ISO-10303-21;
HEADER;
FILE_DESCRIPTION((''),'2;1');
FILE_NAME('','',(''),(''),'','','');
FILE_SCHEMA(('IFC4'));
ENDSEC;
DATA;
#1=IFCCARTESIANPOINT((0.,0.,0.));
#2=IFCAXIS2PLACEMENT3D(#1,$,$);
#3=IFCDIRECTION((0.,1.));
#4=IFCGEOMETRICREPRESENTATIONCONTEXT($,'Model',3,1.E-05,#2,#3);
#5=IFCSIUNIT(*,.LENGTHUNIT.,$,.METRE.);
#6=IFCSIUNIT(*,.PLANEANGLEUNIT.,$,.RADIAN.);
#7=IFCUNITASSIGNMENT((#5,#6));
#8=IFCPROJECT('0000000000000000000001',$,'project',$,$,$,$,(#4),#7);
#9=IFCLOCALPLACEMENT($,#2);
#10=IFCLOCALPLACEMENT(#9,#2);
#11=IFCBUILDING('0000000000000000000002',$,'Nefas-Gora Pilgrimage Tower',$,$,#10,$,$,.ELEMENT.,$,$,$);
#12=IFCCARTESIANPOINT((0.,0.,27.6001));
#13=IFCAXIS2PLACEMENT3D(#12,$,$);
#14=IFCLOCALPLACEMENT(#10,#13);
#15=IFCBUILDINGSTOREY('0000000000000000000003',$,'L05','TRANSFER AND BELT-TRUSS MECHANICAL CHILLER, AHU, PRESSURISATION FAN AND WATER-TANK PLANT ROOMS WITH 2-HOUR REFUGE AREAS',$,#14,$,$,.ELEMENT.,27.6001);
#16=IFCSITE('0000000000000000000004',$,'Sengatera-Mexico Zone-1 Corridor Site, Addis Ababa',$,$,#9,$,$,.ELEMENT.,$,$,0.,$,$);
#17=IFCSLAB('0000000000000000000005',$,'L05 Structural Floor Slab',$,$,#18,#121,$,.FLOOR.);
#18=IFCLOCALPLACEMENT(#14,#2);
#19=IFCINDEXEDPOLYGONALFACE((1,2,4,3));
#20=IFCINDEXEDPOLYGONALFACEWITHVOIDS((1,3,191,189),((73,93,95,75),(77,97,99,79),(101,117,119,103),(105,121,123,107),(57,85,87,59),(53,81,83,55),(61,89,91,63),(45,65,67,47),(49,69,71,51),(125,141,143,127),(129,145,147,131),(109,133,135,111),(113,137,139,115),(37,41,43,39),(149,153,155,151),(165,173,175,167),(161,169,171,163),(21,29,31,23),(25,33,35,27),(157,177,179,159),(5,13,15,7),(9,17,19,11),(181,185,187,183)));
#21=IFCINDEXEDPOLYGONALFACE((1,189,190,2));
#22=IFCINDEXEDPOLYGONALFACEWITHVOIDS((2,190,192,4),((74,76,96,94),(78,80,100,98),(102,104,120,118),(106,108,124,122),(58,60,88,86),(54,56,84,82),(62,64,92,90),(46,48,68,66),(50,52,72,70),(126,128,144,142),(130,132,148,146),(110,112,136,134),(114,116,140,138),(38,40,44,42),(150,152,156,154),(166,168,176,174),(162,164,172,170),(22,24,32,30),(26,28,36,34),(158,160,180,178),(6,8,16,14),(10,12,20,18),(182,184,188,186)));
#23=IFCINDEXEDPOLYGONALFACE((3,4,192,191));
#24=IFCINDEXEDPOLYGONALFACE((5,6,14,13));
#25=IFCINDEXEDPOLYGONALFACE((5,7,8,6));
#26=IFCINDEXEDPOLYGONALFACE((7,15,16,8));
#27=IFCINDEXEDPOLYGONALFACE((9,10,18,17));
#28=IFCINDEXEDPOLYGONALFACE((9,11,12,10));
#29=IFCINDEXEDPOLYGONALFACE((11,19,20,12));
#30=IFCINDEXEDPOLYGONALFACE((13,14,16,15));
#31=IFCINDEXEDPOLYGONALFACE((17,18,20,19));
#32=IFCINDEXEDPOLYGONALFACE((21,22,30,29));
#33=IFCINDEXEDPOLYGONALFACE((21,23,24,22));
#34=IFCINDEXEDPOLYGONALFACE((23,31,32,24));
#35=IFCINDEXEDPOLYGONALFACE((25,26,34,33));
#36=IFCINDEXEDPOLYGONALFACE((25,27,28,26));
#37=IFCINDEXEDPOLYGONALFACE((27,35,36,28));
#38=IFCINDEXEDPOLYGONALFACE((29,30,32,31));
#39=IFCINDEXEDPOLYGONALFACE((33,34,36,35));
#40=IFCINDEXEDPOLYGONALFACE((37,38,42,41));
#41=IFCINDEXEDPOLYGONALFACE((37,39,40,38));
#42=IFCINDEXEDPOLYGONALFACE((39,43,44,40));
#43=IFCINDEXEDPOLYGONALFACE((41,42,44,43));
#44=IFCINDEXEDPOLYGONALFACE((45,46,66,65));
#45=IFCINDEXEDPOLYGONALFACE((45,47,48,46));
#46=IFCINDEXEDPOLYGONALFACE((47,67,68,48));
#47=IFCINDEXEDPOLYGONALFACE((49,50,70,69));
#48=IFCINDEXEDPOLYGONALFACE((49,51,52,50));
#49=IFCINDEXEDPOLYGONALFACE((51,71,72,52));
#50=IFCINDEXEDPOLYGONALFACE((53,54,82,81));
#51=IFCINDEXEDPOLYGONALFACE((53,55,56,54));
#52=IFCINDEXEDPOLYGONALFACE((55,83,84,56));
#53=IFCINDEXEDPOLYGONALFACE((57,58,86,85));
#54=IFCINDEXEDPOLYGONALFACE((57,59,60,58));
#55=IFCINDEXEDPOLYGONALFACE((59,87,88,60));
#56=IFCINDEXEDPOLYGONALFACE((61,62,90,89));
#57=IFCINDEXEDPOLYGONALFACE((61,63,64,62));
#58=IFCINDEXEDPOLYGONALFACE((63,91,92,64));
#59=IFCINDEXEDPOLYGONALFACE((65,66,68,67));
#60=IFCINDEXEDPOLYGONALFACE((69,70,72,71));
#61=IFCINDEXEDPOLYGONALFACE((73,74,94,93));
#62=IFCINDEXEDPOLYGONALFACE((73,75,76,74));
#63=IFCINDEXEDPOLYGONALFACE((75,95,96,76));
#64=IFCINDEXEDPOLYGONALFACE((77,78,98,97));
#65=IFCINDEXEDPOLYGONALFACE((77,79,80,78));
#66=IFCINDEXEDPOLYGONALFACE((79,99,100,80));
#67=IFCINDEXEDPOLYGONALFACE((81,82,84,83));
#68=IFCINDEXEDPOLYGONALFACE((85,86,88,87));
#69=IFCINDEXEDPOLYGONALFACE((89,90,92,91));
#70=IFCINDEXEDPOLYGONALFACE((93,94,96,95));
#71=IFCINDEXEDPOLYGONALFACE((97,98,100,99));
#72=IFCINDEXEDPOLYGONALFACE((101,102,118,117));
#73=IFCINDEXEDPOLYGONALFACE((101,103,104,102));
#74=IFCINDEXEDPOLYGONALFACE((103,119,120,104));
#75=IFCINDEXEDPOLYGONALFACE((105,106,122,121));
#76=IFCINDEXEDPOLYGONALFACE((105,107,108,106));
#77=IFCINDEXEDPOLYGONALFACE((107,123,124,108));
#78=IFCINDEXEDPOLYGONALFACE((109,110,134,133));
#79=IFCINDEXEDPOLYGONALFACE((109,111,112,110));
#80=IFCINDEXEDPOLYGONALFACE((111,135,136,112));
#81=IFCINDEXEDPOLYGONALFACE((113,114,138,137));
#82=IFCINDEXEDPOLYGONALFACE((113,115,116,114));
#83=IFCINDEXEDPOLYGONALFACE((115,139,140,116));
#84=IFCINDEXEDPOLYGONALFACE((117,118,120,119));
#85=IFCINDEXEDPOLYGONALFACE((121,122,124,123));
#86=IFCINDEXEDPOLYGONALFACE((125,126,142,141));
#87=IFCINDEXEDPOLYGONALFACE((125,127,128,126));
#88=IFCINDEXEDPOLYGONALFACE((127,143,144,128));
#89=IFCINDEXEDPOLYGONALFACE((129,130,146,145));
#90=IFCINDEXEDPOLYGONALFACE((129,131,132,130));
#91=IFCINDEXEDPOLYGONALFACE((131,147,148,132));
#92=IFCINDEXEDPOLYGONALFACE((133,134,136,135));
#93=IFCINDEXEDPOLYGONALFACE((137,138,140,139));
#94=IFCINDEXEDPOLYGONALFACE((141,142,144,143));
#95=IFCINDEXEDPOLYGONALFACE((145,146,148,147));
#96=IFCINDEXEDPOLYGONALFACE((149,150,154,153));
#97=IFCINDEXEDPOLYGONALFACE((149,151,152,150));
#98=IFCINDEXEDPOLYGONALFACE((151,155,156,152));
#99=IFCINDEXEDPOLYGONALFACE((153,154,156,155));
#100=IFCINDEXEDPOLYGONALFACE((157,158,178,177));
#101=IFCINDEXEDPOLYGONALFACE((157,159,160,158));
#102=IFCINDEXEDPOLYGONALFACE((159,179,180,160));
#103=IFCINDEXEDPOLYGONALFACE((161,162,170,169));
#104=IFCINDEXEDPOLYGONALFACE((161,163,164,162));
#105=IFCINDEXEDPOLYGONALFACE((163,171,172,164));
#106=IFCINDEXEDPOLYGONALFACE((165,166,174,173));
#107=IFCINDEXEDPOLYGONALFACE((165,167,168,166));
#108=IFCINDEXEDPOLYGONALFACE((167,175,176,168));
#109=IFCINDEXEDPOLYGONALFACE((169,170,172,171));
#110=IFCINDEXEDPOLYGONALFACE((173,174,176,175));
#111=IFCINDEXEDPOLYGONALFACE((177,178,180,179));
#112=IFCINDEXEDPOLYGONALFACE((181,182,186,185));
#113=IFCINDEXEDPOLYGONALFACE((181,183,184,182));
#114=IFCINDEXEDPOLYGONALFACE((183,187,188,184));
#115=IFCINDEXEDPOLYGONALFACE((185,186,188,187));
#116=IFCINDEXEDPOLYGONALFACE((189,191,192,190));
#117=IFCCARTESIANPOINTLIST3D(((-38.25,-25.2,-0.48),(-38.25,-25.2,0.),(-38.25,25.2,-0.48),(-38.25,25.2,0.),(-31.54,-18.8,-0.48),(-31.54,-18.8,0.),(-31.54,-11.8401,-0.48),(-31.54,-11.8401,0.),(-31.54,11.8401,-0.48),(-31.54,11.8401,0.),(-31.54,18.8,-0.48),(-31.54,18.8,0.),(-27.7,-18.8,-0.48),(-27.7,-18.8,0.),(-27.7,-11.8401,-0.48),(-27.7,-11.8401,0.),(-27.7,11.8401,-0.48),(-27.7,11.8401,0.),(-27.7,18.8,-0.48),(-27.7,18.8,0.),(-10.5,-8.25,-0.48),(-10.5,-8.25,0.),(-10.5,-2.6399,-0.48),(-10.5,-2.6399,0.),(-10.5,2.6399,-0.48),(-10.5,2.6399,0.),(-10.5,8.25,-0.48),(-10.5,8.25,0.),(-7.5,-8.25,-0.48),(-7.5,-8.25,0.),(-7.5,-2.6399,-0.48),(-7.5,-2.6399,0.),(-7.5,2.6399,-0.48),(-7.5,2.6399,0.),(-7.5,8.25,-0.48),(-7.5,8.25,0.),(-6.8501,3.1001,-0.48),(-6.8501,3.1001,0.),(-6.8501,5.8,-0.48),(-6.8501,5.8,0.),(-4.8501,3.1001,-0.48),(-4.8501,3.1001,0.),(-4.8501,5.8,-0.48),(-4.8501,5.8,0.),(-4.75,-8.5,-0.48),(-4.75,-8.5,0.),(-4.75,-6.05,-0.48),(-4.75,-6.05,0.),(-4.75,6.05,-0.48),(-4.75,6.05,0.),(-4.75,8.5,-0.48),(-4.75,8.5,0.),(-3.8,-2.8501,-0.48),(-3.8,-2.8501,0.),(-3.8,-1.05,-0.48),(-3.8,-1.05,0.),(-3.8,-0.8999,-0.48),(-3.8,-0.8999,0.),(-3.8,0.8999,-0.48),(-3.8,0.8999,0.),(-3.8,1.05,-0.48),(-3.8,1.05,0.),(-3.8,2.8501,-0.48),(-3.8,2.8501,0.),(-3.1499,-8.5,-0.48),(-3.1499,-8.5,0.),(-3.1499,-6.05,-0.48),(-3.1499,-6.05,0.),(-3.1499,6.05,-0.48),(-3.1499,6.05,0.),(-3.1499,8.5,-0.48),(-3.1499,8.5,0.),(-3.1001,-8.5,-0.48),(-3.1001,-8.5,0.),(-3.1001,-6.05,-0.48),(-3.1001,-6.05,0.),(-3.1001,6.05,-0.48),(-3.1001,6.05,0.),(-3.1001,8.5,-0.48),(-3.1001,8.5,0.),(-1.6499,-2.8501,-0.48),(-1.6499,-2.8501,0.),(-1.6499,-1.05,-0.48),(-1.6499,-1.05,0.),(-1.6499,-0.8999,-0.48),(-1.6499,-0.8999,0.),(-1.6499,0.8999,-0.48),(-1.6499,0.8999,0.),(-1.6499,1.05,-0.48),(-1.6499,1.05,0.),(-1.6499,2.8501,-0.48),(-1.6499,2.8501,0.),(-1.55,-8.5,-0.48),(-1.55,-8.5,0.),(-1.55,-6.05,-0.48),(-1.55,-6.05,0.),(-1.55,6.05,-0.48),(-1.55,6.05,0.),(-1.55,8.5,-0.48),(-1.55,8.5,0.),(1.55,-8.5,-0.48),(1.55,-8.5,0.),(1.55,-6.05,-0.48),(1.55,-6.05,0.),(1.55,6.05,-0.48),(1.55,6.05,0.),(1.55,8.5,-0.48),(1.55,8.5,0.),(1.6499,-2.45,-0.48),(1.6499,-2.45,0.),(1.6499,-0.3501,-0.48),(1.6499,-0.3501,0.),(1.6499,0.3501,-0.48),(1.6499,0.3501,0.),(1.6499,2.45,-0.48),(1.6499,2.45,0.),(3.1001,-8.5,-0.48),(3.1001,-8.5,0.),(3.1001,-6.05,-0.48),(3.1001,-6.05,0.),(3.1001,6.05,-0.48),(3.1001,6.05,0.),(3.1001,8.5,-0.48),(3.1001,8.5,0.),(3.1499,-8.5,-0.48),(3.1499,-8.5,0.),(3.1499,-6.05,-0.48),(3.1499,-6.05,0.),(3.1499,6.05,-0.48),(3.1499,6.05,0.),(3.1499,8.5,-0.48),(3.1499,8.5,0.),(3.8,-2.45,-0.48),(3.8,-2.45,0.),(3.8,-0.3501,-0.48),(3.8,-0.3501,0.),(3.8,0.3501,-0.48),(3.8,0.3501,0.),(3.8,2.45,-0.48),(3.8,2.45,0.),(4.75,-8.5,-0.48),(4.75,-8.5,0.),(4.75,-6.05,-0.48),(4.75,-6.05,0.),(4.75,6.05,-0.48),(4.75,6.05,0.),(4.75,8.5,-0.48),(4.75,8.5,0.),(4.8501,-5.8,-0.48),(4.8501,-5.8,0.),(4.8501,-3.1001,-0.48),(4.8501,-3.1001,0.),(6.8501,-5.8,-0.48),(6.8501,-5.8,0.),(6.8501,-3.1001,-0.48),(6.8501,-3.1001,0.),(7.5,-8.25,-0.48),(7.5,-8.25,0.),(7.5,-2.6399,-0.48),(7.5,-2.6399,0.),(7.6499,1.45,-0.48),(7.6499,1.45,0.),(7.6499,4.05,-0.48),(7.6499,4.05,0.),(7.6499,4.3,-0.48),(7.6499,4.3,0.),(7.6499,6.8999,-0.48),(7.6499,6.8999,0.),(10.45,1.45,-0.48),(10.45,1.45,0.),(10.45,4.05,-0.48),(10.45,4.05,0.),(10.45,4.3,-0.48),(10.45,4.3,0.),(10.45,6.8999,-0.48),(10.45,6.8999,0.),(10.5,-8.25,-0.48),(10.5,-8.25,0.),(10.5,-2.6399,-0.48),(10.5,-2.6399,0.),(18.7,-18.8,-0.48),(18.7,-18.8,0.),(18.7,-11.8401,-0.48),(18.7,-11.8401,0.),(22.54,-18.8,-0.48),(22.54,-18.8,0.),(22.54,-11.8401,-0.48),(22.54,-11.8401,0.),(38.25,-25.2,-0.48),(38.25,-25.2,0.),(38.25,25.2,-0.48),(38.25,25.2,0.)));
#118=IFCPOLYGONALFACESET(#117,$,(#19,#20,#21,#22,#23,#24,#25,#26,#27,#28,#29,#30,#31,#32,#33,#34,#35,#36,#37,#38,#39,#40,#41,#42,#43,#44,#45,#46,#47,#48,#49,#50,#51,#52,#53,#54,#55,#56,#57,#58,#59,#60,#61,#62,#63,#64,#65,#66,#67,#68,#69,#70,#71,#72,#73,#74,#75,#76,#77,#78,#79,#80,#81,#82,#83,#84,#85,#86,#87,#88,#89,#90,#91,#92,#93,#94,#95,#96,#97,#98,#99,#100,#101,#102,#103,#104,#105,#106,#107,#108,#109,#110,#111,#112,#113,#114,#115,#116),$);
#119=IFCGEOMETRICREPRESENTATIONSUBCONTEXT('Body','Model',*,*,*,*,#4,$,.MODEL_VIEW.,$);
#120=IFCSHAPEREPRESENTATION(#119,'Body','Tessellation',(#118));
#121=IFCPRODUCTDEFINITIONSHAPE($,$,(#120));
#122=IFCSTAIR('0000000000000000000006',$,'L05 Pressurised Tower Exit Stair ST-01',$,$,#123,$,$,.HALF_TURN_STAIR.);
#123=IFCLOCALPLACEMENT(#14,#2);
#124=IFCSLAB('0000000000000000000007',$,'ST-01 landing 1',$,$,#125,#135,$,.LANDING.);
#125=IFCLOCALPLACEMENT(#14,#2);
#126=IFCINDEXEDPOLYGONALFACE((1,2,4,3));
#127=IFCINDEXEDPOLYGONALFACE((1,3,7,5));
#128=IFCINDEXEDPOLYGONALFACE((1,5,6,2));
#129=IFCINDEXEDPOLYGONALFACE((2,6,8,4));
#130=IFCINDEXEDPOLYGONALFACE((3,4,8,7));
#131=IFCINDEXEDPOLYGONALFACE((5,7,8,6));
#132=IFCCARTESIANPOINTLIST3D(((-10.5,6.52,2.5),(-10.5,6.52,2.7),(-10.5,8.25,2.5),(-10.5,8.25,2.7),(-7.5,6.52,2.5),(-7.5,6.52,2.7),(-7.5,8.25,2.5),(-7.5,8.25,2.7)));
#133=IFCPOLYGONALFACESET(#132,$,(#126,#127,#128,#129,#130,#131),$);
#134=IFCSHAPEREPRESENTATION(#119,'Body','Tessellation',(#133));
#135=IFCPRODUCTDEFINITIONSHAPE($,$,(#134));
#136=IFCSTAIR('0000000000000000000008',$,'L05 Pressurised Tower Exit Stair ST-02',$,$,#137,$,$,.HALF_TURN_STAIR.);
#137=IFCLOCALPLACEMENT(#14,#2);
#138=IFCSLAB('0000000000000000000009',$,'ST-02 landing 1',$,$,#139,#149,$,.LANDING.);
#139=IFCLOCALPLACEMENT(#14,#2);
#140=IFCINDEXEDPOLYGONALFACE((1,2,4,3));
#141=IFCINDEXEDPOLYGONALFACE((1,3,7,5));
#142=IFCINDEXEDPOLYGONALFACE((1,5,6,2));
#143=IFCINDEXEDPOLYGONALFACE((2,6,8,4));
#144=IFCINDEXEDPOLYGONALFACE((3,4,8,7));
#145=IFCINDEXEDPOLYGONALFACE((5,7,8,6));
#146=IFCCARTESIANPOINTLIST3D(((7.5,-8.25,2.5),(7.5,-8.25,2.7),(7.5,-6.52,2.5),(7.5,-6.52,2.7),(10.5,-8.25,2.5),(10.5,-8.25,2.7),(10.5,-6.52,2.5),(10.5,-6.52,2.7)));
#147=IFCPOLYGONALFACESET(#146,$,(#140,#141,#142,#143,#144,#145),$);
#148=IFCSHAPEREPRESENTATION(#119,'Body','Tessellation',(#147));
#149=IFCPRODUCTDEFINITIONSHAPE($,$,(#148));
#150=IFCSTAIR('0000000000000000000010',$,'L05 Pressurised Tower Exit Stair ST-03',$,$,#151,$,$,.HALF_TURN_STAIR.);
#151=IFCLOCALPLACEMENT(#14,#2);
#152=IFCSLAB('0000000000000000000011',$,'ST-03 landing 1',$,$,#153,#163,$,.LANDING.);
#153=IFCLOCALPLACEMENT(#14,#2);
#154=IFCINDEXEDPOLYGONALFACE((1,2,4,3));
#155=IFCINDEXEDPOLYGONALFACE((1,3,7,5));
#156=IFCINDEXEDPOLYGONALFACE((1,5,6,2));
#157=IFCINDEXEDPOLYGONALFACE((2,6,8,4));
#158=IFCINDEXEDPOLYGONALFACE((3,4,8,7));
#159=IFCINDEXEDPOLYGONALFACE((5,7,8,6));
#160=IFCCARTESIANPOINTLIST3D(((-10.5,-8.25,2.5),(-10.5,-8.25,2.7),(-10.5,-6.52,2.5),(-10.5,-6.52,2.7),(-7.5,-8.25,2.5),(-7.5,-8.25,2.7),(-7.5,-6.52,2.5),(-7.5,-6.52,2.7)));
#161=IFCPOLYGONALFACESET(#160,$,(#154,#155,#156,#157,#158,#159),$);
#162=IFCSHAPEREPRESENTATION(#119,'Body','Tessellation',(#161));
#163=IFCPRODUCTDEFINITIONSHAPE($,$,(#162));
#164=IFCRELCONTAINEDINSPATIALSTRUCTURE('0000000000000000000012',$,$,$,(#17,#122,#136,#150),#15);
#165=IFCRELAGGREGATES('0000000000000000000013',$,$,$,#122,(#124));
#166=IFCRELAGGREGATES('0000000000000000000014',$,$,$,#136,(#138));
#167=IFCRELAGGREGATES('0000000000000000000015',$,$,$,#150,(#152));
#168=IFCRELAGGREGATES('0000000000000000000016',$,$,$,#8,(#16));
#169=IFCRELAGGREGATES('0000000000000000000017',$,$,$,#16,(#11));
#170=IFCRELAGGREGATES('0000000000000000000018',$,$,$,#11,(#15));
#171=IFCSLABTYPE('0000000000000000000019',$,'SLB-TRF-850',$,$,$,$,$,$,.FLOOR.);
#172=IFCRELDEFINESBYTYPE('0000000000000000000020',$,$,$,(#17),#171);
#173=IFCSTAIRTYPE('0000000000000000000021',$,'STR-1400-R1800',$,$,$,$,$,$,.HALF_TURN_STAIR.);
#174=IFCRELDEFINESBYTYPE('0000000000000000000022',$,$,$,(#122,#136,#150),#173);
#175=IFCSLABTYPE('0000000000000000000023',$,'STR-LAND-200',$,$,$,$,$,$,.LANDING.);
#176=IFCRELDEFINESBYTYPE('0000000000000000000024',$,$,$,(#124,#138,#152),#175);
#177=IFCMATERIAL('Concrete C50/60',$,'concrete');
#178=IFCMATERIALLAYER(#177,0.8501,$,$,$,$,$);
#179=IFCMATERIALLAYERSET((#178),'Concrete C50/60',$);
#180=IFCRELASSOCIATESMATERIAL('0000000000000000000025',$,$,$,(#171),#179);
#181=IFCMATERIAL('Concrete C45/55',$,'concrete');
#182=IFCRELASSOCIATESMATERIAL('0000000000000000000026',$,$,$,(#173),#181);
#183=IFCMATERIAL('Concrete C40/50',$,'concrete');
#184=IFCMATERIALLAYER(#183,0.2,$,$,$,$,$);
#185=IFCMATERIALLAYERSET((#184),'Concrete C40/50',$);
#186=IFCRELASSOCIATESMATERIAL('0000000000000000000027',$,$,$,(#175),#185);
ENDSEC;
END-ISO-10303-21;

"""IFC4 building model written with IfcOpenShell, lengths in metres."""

from ifc_helpers import new_model, si_unit, direction, frame, origin, place, context, subcontext, project, spatial, polyline, outline, extrude, material, layer, layer_set, type_object, element, aggregate, save


model = new_model("IFC4")

# Units and contexts
model_context = context("Model", 3, precision=1e-05, world=origin(), true_north=direction((0.0, 1.0)))
body_context = subcontext(model_context, "Body", "Model", "MODEL_VIEW")
ifc_project = project(units=[si_unit("LENGTHUNIT", "METRE"), si_unit("PLANEANGLEUNIT", "RADIAN")], contexts=[model_context])

# Site, building, storey
site_placement = place(None, origin())
site = spatial("IfcSite", under=ifc_project, at=site_placement, Name="Sengatera-Mexico Zone-1 Corridor Site, Addis Ababa", CompositionType="ELEMENT", RefElevation=0.0)
building_placement = place(site_placement, origin())
building = spatial("IfcBuilding", under=site, at=building_placement, Name="Nefas-Gora Pilgrimage Tower", CompositionType="ELEMENT")
storey_placement = place(building_placement, frame((0.0, 0.0, 27.6001)))
storey = spatial("IfcBuildingStorey", under=building, at=storey_placement, Name="L05", Description="TRANSFER AND BELT-TRUSS MECHANICAL CHILLER, AHU, PRESSURISATION FAN AND WATER-TANK PLANT ROOMS WITH 2-HOUR REFUGE AREAS", CompositionType="ELEMENT", Elevation=27.6001)

# Slab
ifc_material_1 = material(Name="Concrete C50/60", Category="concrete")
ifc_layer_1 = layer(ifc_material_1, 0.8501)
ifc_layer_set_1 = layer_set([ifc_layer_1], Name="Concrete C50/60")
slab_type_1 = type_object("IfcSlabType", Name="SLB-TRF-850", PredefinedType="FLOOR", material=ifc_layer_set_1)
slab_1_placement = place(storey_placement, frame((0.0, 0.0, -0.48)))
element("IfcSlab", 1, at=slab_1_placement, inside=storey, type_object=slab_type_1, Name="L05 Structural Floor Slab", PredefinedType="FLOOR", context=body_context, shape_type="SweptSolid", body=[
    extrude(outline(polyline([(38.25, -25.2), (38.25, 25.2), (-38.25, 25.2), (-38.25, -25.2), (38.25, -25.2)]), holes=[polyline([(-10.5, 2.6399), (-10.5, 8.25), (-7.5, 8.25), (-7.5, 2.6399), (-10.5, 2.6399)]), polyline([(10.5, -2.6399), (10.5, -8.25), (7.5, -8.25), (7.5, -2.6399), (10.5, -2.6399)]), polyline([(-7.5, -2.6399), (-7.5, -8.25), (-10.5, -8.25), (-10.5, -2.6399), (-7.5, -2.6399)]), polyline([(-31.54, 11.8401), (-31.54, 18.8), (-27.7, 18.8), (-27.7, 11.8401), (-31.54, 11.8401)]), polyline([(-27.7, -11.8401), (-27.7, -18.8), (-31.54, -18.8), (-31.54, -11.8401), (-27.7, -11.8401)]), polyline([(22.54, -11.8401), (22.54, -18.8), (18.7, -18.8), (18.7, -11.8401), (22.54, -11.8401)]), polyline([(-6.8501, 5.8), (-4.8501, 5.8), (-4.8501, 3.1001), (-6.8501, 3.1001), (-6.8501, 5.8)]), polyline([(4.8501, -3.1001), (6.8501, -3.1001), (6.8501, -5.8), (4.8501, -5.8), (4.8501, -3.1001)]), polyline([(7.6499, 4.05), (10.45, 4.05), (10.45, 1.45), (7.6499, 1.45), (7.6499, 4.05)]), polyline([(7.6499, 6.8999), (10.45, 6.8999), (10.45, 4.3), (7.6499, 4.3), (7.6499, 6.8999)]), polyline([(-4.75, 8.5), (-3.1499, 8.5), (-3.1499, 6.05), (-4.75, 6.05), (-4.75, 8.5)]), polyline([(-3.1001, 8.5), (-1.55, 8.5), (-1.55, 6.05), (-3.1001, 6.05), (-3.1001, 8.5)]), polyline([(1.55, 8.5), (3.1001, 8.5), (3.1001, 6.05), (1.55, 6.05), (1.55, 8.5)]), polyline([(3.1499, 8.5), (4.75, 8.5), (4.75, 6.05), (3.1499, 6.05), (3.1499, 8.5)]), polyline([(-4.75, -6.05), (-3.1499, -6.05), (-3.1499, -8.5), (-4.75, -8.5), (-4.75, -6.05)]), polyline([(-3.1001, -6.05), (-1.55, -6.05), (-1.55, -8.5), (-3.1001, -8.5), (-3.1001, -6.05)]), polyline([(1.55, -6.05), (3.1001, -6.05), (3.1001, -8.5), (1.55, -8.5), (1.55, -6.05)]), polyline([(3.1499, -6.05), (4.75, -6.05), (4.75, -8.5), (3.1499, -8.5), (3.1499, -6.05)]), polyline([(-3.8, -1.05), (-1.6499, -1.05), (-1.6499, -2.8501), (-3.8, -2.8501), (-3.8, -1.05)]), polyline([(-3.8, 0.8999), (-1.6499, 0.8999), (-1.6499, -0.8999), (-3.8, -0.8999), (-3.8, 0.8999)]), polyline([(-3.8, 2.8501), (-1.6499, 2.8501), (-1.6499, 1.05), (-3.8, 1.05), (-3.8, 2.8501)]), polyline([(1.6499, -0.3501), (3.8, -0.3501), (3.8, -2.45), (1.6499, -2.45), (1.6499, -0.3501)]), polyline([(1.6499, 2.45), (3.8, 2.45), (3.8, 0.3501), (1.6499, 0.3501), (1.6499, 2.45)])]), origin(), (0.0, 0.0, 1.0), 0.48),
])

# Stairs, slabs
ifc_material_2 = material(Name="Concrete C45/55", Category="concrete")
stair_type = type_object("IfcStairType", Name="STR-1400-R1800", PredefinedType="HALF_TURN_STAIR", material=ifc_material_2)
stair_1_placement = place(storey_placement, origin())
stair_1 = element("IfcStair", 2, at=stair_1_placement, inside=storey, type_object=stair_type, Name="L05 Pressurised Tower Exit Stair ST-01", PredefinedType="HALF_TURN_STAIR")
ifc_material_3 = material(Name="Concrete C40/50", Category="concrete")
ifc_layer_2 = layer(ifc_material_3, 0.2)
ifc_layer_set_2 = layer_set([ifc_layer_2], Name="Concrete C40/50")
slab_type_2 = type_object("IfcSlabType", Name="STR-LAND-200", PredefinedType="LANDING", material=ifc_layer_set_2)
slab_2_placement = place(storey_placement, frame((0.0, 0.0, 2.5)))
slab_2 = element("IfcSlab", 3, at=slab_2_placement, type_object=slab_type_2, Name="ST-01 landing 1", PredefinedType="LANDING", context=body_context, shape_type="SweptSolid", body=[
    extrude(outline(polyline([(-7.5, 6.52), (-7.5, 8.25), (-10.5, 8.25), (-10.5, 6.52), (-7.5, 6.52)])), origin(), (0.0, 0.0, 1.0), 0.2),
])
aggregate(stair_1, [slab_2])
stair_2_placement = place(storey_placement, origin())
stair_2 = element("IfcStair", 4, at=stair_2_placement, inside=storey, type_object=stair_type, Name="L05 Pressurised Tower Exit Stair ST-02", PredefinedType="HALF_TURN_STAIR")
slab_3_placement = place(storey_placement, frame((0.0, 0.0, 2.5)))
slab_3 = element("IfcSlab", 5, at=slab_3_placement, type_object=slab_type_2, Name="ST-02 landing 1", PredefinedType="LANDING", context=body_context, shape_type="SweptSolid", body=[
    extrude(outline(polyline([(7.5, -6.52), (7.5, -8.25), (10.5, -8.25), (10.5, -6.52), (7.5, -6.52)])), origin(), (0.0, 0.0, 1.0), 0.2),
])
aggregate(stair_2, [slab_3])
stair_3_placement = place(storey_placement, origin())
stair_3 = element("IfcStair", 6, at=stair_3_placement, inside=storey, type_object=stair_type, Name="L05 Pressurised Tower Exit Stair ST-03", PredefinedType="HALF_TURN_STAIR")
slab_4_placement = place(storey_placement, frame((0.0, 0.0, 2.5)))
slab_4 = element("IfcSlab", 7, at=slab_4_placement, type_object=slab_type_2, Name="ST-03 landing 1", PredefinedType="LANDING", context=body_context, shape_type="SweptSolid", body=[
    extrude(outline(polyline([(-10.5, -6.52), (-10.5, -8.25), (-7.5, -8.25), (-7.5, -6.52), (-10.5, -6.52)])), origin(), (0.0, 0.0, 1.0), 0.2),
])
aggregate(stair_3, [slab_4])

save(model, "model.ifc")
